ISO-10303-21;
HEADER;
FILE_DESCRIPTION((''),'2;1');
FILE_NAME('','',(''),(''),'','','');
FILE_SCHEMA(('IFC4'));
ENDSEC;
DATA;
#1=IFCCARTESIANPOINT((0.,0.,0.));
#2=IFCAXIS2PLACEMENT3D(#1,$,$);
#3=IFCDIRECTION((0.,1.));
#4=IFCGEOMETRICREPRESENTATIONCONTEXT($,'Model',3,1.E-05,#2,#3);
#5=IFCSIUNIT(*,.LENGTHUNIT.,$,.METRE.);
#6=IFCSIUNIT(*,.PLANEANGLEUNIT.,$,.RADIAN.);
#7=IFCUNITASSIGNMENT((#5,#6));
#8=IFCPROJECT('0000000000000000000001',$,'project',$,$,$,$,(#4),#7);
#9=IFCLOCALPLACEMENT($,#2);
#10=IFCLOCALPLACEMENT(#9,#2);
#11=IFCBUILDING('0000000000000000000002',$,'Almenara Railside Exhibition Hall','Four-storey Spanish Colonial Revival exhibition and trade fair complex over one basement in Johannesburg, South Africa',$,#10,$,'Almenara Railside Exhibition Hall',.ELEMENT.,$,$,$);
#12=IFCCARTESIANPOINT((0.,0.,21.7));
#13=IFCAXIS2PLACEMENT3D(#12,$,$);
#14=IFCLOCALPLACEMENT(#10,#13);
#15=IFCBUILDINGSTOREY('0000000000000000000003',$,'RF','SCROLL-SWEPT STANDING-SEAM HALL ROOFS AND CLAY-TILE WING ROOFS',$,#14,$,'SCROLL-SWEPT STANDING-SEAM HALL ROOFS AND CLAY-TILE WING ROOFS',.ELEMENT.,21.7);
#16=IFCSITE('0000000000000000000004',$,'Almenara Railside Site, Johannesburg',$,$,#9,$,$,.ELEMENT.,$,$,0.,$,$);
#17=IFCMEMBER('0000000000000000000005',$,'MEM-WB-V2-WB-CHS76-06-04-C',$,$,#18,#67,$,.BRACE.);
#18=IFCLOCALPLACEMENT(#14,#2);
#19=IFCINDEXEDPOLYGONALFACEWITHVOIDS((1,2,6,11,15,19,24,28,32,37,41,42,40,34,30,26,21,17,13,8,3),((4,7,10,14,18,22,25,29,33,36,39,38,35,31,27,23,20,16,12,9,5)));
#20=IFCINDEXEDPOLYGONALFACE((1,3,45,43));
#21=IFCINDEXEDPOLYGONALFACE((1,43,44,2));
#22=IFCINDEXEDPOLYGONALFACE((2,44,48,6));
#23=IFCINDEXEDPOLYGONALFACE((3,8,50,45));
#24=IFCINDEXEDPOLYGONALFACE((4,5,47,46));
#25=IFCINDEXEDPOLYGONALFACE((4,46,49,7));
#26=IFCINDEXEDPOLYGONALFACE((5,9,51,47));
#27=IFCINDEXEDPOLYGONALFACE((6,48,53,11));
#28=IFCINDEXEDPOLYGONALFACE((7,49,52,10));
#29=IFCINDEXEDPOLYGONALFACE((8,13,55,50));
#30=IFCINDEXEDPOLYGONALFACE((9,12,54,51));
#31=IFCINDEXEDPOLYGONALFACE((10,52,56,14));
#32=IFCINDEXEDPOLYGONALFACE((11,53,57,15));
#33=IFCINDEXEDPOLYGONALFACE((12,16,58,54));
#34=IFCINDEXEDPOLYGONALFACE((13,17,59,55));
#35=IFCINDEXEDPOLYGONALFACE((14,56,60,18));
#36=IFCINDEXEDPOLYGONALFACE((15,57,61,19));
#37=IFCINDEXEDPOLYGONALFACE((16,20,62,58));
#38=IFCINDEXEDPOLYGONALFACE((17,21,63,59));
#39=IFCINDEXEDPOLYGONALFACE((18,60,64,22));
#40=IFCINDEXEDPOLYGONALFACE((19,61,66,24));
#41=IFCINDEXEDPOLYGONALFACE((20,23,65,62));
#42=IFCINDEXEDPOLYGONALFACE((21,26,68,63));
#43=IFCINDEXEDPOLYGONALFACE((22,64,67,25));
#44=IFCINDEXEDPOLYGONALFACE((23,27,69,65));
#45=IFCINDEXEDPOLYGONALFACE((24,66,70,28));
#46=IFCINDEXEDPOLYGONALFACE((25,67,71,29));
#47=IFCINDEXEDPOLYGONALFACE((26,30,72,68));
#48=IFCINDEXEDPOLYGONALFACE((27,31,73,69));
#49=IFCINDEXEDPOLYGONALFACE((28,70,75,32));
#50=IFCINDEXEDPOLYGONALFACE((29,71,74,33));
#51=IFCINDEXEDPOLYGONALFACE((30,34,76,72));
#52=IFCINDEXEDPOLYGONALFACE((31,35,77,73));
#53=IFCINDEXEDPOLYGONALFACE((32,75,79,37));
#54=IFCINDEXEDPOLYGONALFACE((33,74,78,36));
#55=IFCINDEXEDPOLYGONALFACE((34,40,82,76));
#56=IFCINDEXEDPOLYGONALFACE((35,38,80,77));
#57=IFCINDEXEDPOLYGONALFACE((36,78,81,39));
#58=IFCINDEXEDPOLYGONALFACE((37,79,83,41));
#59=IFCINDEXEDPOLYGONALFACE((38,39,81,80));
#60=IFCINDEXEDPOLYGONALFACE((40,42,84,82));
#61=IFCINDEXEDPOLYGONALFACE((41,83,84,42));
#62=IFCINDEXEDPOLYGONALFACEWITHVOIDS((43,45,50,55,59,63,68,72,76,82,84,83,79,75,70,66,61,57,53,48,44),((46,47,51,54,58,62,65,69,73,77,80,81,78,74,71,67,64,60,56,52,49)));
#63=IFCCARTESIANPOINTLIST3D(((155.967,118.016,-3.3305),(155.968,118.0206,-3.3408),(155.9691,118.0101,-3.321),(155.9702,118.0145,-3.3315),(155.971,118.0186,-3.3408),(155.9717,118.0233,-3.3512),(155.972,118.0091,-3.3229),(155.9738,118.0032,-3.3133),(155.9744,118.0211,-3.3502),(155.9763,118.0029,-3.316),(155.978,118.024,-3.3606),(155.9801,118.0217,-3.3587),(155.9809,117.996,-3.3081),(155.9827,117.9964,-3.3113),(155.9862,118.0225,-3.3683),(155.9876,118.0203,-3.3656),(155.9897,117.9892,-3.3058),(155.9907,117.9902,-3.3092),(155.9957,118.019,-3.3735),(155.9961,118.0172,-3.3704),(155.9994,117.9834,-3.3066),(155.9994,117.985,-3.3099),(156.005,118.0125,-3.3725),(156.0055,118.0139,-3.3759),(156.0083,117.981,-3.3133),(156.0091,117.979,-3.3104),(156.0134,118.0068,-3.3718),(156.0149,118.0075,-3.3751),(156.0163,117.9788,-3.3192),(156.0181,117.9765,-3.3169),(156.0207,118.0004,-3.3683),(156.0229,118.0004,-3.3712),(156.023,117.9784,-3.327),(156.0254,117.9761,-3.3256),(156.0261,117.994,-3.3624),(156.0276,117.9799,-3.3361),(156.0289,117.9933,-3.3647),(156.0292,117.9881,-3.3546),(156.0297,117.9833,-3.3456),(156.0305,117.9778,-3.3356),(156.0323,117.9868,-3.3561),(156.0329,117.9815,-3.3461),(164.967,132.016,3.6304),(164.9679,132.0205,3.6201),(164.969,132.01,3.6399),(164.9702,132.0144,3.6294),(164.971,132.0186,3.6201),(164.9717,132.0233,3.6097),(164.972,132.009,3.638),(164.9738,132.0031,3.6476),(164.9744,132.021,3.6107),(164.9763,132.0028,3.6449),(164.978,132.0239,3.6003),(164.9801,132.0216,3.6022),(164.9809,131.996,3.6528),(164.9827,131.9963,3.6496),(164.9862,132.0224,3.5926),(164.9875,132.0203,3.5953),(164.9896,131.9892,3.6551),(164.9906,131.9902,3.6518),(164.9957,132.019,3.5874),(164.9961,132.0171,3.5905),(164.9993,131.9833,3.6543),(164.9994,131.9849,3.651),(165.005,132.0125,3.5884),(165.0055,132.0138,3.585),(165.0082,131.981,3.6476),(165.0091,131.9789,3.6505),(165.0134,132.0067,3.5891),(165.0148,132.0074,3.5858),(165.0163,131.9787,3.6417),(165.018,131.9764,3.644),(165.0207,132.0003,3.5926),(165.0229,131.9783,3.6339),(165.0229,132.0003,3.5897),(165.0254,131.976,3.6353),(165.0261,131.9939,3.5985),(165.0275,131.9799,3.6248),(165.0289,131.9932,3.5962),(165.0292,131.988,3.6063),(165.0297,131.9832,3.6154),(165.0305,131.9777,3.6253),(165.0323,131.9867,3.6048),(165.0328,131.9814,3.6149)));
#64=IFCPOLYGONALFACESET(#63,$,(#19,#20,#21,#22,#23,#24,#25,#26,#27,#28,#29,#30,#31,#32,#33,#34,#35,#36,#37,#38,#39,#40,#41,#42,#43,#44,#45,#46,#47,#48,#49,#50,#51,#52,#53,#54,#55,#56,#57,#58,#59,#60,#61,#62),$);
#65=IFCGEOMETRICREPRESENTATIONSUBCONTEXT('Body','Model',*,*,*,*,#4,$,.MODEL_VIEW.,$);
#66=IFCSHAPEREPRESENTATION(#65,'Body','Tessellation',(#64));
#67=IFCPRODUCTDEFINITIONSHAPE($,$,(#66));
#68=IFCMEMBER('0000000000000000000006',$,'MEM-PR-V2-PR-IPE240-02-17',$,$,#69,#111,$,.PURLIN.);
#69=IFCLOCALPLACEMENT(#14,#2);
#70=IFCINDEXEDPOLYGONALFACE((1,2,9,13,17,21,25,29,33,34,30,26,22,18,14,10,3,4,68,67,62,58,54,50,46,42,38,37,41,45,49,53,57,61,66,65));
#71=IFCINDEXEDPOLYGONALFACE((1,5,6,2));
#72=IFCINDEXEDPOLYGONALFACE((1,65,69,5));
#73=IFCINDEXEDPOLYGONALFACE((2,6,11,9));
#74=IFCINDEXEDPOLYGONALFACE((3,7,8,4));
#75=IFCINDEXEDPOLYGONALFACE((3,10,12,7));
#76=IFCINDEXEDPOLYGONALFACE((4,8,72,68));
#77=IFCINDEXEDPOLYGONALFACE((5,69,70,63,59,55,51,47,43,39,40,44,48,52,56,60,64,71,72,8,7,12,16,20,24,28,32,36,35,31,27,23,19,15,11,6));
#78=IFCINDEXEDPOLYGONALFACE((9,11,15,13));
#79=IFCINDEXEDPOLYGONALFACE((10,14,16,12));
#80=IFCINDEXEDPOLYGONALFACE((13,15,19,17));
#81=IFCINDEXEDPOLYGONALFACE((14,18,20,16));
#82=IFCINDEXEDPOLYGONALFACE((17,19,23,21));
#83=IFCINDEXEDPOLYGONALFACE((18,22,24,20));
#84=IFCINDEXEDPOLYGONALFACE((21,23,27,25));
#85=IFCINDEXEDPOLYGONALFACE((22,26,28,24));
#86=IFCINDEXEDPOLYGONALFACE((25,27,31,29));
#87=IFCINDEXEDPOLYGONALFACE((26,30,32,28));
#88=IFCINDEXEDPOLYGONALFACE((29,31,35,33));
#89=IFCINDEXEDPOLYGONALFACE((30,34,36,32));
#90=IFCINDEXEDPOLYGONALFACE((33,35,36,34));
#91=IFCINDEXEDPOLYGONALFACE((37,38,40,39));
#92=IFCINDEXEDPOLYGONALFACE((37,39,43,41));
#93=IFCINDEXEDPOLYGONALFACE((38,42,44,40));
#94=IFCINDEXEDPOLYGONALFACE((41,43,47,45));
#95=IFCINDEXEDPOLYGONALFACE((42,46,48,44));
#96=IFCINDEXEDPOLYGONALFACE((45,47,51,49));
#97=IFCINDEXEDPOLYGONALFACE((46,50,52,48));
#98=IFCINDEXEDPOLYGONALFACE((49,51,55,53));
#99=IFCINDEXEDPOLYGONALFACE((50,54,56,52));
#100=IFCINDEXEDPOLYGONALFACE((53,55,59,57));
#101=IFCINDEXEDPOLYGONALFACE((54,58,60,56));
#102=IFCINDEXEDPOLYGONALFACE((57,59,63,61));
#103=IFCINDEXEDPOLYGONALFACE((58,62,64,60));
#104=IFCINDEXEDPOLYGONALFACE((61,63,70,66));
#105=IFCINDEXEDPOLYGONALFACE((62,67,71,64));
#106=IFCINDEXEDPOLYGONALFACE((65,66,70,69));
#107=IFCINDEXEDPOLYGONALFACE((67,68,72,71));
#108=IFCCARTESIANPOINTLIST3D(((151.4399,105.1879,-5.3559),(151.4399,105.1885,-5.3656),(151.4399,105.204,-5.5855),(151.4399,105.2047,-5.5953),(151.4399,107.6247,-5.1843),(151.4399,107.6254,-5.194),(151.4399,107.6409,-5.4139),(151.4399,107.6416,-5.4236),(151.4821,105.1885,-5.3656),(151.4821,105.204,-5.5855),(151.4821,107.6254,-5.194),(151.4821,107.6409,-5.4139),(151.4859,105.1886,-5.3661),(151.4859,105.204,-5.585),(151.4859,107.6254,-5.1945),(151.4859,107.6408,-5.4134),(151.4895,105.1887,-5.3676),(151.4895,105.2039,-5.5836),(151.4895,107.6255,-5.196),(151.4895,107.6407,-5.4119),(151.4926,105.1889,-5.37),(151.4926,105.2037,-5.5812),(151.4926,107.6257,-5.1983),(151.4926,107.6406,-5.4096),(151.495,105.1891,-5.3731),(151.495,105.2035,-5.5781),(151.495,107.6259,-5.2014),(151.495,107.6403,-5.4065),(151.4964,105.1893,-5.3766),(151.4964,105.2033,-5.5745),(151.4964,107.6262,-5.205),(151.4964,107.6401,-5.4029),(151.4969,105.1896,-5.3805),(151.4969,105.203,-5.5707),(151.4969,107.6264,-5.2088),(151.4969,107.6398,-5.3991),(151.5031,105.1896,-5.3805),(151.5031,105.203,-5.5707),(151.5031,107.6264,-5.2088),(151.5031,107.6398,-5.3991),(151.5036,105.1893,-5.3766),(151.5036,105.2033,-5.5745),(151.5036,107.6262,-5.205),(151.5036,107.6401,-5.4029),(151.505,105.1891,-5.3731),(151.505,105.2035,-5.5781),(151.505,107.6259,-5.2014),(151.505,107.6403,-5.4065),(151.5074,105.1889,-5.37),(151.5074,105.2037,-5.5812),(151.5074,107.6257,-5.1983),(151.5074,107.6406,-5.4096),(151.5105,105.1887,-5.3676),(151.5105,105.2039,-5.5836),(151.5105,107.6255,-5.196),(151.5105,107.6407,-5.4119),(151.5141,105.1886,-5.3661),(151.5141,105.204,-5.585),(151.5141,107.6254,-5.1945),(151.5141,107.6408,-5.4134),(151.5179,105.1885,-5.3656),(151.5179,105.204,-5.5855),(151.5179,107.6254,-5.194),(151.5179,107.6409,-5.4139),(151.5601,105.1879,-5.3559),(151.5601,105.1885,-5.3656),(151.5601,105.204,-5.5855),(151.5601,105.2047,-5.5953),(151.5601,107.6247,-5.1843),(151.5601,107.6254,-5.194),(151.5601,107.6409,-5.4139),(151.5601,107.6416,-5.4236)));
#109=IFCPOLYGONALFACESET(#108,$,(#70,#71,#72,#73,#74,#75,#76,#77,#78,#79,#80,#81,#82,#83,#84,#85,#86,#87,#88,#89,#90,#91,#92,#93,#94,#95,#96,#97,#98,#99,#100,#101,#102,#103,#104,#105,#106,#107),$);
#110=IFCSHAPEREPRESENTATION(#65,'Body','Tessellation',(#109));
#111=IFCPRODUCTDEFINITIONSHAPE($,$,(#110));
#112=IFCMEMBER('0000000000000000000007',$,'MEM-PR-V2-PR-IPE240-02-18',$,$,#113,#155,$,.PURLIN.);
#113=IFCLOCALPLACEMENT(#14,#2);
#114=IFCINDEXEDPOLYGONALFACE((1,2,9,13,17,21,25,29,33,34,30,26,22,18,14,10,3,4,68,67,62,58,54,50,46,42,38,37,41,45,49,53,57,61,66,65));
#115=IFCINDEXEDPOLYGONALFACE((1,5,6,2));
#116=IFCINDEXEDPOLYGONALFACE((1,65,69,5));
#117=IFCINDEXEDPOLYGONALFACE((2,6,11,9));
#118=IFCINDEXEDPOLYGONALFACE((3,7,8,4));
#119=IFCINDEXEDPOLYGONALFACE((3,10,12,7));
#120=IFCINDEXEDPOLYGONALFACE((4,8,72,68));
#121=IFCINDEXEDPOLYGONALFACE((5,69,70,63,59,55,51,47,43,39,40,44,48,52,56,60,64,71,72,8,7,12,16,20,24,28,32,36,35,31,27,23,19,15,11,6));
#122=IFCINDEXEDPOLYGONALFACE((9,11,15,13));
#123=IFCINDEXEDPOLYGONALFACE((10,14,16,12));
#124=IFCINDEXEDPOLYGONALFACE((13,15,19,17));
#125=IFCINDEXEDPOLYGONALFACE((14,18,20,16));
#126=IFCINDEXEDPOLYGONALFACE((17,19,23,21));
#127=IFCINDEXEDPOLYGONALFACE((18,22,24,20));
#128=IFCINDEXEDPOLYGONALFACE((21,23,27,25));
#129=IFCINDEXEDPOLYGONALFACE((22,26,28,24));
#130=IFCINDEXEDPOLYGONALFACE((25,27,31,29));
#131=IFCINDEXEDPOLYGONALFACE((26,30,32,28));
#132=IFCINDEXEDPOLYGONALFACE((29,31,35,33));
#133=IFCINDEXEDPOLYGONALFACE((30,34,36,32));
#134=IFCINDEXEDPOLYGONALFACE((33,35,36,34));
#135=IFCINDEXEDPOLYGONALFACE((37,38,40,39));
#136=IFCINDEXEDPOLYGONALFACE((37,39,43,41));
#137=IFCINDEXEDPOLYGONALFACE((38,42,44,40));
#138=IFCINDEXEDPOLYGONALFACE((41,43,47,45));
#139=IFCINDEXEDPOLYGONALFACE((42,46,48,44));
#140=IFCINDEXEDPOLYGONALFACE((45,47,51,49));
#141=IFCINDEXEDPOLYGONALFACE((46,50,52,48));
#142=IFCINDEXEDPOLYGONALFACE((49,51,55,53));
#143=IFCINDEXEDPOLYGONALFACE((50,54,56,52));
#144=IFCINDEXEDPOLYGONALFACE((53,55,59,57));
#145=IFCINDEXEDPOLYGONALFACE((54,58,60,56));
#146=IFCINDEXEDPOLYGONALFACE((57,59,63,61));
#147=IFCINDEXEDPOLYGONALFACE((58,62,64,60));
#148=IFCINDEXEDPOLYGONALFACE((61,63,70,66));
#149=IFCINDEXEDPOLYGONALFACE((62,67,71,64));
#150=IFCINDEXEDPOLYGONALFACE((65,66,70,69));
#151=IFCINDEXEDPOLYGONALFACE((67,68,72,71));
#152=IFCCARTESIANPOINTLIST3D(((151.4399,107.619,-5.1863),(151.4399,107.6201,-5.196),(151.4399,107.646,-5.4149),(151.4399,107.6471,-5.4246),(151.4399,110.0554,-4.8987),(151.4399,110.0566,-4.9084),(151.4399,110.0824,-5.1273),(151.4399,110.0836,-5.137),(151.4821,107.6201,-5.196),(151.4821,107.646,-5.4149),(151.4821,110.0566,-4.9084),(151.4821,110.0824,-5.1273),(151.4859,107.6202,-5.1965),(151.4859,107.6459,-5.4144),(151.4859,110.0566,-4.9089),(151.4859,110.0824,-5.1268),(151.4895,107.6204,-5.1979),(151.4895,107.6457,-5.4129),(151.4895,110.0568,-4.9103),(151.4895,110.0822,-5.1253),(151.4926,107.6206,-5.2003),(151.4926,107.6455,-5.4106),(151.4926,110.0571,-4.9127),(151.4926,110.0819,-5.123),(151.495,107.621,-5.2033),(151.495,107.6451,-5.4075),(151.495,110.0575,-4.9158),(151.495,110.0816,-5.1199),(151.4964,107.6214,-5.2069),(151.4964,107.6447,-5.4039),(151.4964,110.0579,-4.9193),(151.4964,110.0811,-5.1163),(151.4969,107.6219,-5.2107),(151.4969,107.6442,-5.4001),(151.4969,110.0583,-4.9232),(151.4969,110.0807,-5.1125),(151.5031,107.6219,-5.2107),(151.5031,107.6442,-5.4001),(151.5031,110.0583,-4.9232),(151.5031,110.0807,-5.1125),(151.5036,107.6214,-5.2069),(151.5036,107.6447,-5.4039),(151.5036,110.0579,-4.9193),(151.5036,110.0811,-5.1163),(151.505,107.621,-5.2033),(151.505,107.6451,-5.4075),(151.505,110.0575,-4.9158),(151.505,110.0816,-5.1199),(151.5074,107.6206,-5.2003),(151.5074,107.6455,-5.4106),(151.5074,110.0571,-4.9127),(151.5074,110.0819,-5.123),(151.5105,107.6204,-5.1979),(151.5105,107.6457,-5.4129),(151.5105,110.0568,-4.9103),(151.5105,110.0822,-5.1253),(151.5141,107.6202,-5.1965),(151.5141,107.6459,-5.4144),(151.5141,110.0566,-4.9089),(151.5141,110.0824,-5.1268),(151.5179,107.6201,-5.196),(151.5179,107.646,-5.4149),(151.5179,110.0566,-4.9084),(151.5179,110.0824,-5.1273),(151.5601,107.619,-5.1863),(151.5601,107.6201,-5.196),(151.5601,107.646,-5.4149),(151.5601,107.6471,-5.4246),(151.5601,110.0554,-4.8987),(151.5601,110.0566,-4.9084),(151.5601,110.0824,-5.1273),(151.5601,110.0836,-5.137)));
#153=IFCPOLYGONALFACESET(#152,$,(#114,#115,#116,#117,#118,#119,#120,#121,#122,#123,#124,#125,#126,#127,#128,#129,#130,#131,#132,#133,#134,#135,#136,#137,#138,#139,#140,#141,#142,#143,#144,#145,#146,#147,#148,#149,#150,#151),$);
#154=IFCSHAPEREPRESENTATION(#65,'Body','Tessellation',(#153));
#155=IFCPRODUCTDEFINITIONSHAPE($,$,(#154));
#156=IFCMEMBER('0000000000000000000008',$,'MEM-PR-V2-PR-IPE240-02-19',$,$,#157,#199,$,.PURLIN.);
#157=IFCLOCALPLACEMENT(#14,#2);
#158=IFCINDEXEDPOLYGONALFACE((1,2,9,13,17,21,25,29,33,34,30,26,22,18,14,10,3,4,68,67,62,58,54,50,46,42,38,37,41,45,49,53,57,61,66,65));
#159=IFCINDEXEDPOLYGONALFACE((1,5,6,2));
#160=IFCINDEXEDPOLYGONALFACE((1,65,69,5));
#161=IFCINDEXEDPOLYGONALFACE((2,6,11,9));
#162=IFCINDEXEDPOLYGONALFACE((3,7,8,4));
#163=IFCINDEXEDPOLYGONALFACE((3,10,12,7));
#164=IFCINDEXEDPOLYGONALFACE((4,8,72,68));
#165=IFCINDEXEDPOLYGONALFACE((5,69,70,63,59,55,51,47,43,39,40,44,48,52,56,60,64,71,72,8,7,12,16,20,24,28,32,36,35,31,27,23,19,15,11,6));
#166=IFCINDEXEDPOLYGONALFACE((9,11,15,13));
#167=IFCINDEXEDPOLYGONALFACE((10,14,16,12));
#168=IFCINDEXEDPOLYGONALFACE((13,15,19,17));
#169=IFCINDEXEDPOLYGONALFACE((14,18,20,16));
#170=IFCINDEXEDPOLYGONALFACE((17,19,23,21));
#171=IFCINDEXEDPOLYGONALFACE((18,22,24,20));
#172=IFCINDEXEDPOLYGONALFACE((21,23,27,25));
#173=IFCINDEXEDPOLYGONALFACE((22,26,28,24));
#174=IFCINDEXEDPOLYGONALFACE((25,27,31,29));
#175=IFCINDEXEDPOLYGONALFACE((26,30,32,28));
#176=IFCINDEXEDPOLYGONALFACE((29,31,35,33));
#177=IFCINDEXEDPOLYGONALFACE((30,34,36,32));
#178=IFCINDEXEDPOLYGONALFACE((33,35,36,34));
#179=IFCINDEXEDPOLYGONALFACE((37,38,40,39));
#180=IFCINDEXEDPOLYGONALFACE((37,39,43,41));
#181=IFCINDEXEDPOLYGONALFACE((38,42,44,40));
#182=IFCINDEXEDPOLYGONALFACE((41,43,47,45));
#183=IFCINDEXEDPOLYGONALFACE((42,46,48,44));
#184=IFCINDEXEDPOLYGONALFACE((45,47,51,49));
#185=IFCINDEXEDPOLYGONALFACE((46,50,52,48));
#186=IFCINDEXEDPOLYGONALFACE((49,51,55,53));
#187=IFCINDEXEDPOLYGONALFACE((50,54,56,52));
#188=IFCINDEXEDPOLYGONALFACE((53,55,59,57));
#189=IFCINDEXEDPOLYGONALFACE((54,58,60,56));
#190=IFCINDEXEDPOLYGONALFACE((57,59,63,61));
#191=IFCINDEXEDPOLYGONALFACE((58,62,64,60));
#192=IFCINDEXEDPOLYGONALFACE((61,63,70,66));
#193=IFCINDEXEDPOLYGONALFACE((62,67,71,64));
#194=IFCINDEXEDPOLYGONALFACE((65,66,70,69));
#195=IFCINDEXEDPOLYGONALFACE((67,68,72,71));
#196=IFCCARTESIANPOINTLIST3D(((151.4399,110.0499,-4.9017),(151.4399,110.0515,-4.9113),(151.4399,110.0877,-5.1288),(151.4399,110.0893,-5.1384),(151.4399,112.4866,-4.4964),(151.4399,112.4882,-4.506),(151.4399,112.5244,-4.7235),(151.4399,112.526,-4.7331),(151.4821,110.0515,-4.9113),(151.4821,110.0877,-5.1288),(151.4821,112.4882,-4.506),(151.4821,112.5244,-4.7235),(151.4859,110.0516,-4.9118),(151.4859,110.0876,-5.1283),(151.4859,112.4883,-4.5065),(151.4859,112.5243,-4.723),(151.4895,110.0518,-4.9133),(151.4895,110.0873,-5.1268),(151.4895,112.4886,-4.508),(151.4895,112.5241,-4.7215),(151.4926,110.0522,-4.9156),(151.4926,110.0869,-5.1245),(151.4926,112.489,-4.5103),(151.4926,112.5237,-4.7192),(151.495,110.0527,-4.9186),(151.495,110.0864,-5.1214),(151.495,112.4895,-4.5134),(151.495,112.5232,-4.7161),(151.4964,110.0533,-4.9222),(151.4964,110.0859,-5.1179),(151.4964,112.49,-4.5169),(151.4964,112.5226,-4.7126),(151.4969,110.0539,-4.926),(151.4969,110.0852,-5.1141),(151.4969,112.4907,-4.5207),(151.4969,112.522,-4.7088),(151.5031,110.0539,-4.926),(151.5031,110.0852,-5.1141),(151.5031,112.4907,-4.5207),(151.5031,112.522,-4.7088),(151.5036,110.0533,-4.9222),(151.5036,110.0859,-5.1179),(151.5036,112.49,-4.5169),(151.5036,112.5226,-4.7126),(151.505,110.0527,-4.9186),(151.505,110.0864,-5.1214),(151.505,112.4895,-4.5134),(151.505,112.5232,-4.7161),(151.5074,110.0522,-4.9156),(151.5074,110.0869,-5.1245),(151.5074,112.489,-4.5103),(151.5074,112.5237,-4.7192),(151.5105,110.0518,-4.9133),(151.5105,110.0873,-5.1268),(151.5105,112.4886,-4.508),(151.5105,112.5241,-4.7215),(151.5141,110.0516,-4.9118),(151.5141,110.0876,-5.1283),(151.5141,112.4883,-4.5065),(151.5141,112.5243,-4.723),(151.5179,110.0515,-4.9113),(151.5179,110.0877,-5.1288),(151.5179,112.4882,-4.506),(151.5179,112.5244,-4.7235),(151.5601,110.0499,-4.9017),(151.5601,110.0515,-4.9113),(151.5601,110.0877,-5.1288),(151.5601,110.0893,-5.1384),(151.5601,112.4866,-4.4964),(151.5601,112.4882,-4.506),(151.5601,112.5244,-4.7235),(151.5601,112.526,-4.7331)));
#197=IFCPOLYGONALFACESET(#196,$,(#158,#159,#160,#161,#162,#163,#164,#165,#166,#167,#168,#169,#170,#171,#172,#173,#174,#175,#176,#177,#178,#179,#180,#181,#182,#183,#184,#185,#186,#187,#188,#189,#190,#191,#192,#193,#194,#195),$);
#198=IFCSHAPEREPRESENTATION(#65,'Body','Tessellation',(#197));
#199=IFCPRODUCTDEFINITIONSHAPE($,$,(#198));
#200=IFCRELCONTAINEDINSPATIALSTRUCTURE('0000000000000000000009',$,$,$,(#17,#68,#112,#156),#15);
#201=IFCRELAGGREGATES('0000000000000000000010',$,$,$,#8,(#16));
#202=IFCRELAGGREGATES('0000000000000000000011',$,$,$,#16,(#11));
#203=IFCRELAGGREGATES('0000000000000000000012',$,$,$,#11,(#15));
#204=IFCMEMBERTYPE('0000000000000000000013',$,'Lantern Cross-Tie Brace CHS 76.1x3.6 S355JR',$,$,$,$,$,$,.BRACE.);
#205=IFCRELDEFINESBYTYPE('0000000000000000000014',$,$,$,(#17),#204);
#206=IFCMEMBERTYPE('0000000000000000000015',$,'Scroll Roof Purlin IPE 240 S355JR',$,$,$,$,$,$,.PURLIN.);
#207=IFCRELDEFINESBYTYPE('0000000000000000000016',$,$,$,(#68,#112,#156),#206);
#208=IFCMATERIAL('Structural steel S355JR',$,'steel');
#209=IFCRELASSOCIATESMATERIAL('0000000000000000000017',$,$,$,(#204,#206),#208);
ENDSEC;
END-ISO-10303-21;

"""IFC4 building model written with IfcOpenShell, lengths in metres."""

from ifc_helpers import new_model, si_unit, direction, frame, origin, origin_2d, place, context, subcontext, project, spatial, hollow_circle, i_section, extrude, material, material_profile, profile_set, type_object, element, save


model = new_model("IFC4")

# Units and contexts
model_context = context("Model", 3, precision=1e-05, world=origin(), true_north=direction((0.0, 1.0)))
body_context = subcontext(model_context, "Body", "Model", "MODEL_VIEW")
ifc_project = project(units=[si_unit("LENGTHUNIT", "METRE"), si_unit("PLANEANGLEUNIT", "RADIAN")], contexts=[model_context])

# Site, building, storey
site_placement = place(None, origin())
site = spatial("IfcSite", under=ifc_project, at=site_placement, Name="Almenara Railside Site, Johannesburg", CompositionType="ELEMENT", RefElevation=0.0)
building_placement = place(site_placement, origin())
building = spatial("IfcBuilding", under=site, at=building_placement, Name="Almenara Railside Exhibition Hall", Description="Four-storey Spanish Colonial Revival exhibition and trade fair complex over one basement in Johannesburg, South Africa", LongName="Almenara Railside Exhibition Hall", CompositionType="ELEMENT")
storey_placement = place(building_placement, frame((0.0, 0.0, 21.7)))
storey = spatial("IfcBuildingStorey", under=building, at=storey_placement, Name="RF", Description="SCROLL-SWEPT STANDING-SEAM HALL ROOFS AND CLAY-TILE WING ROOFS", LongName="SCROLL-SWEPT STANDING-SEAM HALL ROOFS AND CLAY-TILE WING ROOFS", CompositionType="ELEMENT", Elevation=21.7)

# Members
ifc_material_1 = material(Name="Structural steel S355JR", Category="steel")
ifc_material_profile_1 = material_profile(ifc_material_1, hollow_circle(Radius=0.0381, WallThickness=0.0037, at=origin_2d()), Name="CHS 76.1x3.6")
ifc_profile_set_1 = profile_set([ifc_material_profile_1], Name="Structural steel S355JR")
member_type_1 = type_object("IfcMemberType", Name="Lantern Cross-Tie Brace CHS 76.1x3.6 S355JR", PredefinedType="BRACE", material=ifc_profile_set_1)
member_1_placement = place(storey_placement, frame((156.0, 118.0, -3.3408), z_axis=(0.498881, 0.776038, 0.385854), x_axis=(-0.841178, 0.540758, 0.0)))
element("IfcMember", 1, at=member_1_placement, inside=storey, type_object=member_type_1, Name="MEM-WB-V2-WB-CHS76-06-04-C", PredefinedType="BRACE", context=body_context, shape_type="SweptSolid", body=[
    extrude(hollow_circle(Radius=0.0381, WallThickness=0.0037, at=origin_2d()), origin(), (0.0, 0.0, 1.0), 18.0403),
])
ifc_material_profile_2 = material_profile(ifc_material_1, i_section(OverallWidth=0.1201, OverallDepth=0.24, WebThickness=0.0061, FlangeThickness=0.0098, FilletRadius=0.0149, at=origin_2d()), Name="IPE 240")
ifc_profile_set_2 = profile_set([ifc_material_profile_2], Name="Structural steel S355JR")
member_type_2 = type_object("IfcMemberType", Name="Scroll Roof Purlin IPE 240 S355JR", PredefinedType="PURLIN", material=ifc_profile_set_2)
member_2_placement = place(storey_placement, frame((151.5, 105.1963, -5.4756), z_axis=(0.0, 0.997529, 0.07026), x_axis=(-1.0, 0.0, 0.0)))
element("IfcMember", 2, at=member_2_placement, inside=storey, type_object=member_type_2, Name="MEM-PR-V2-PR-IPE240-02-17", PredefinedType="PURLIN", context=body_context, shape_type="SweptSolid", body=[
    extrude(i_section(OverallWidth=0.1201, OverallDepth=0.24, WebThickness=0.0061, FlangeThickness=0.0098, FilletRadius=0.0149, at=origin_2d()), origin(), (0.0, 0.0, 1.0), 2.4429),
])
member_3_placement = place(storey_placement, frame((151.5, 107.6331, -5.3054), z_axis=(0.0, 0.993106, 0.117222), x_axis=(-1.0, 0.0, 0.0)))
element("IfcMember", 3, at=member_3_placement, inside=storey, type_object=member_type_2, Name="MEM-PR-V2-PR-IPE240-02-18", PredefinedType="PURLIN", context=body_context, shape_type="SweptSolid", body=[
    extrude(i_section(OverallWidth=0.1201, OverallDepth=0.24, WebThickness=0.0061, FlangeThickness=0.0098, FilletRadius=0.0149, at=origin_2d()), origin(), (0.0, 0.0, 1.0), 2.4534),
])
member_4_placement = place(storey_placement, frame((151.5, 110.0696, -5.02), z_axis=(0.0, 0.98645, 0.164062), x_axis=(-1.0, 0.0, 0.0)))
element("IfcMember", 4, at=member_4_placement, inside=storey, type_object=member_type_2, Name="MEM-PR-V2-PR-IPE240-02-19", PredefinedType="PURLIN", context=body_context, shape_type="SweptSolid", body=[
    extrude(i_section(OverallWidth=0.1201, OverallDepth=0.24, WebThickness=0.0061, FlangeThickness=0.0098, FilletRadius=0.0149, at=origin_2d()), origin(), (0.0, 0.0, 1.0), 2.4702),
])

save(model, "model.ifc")
